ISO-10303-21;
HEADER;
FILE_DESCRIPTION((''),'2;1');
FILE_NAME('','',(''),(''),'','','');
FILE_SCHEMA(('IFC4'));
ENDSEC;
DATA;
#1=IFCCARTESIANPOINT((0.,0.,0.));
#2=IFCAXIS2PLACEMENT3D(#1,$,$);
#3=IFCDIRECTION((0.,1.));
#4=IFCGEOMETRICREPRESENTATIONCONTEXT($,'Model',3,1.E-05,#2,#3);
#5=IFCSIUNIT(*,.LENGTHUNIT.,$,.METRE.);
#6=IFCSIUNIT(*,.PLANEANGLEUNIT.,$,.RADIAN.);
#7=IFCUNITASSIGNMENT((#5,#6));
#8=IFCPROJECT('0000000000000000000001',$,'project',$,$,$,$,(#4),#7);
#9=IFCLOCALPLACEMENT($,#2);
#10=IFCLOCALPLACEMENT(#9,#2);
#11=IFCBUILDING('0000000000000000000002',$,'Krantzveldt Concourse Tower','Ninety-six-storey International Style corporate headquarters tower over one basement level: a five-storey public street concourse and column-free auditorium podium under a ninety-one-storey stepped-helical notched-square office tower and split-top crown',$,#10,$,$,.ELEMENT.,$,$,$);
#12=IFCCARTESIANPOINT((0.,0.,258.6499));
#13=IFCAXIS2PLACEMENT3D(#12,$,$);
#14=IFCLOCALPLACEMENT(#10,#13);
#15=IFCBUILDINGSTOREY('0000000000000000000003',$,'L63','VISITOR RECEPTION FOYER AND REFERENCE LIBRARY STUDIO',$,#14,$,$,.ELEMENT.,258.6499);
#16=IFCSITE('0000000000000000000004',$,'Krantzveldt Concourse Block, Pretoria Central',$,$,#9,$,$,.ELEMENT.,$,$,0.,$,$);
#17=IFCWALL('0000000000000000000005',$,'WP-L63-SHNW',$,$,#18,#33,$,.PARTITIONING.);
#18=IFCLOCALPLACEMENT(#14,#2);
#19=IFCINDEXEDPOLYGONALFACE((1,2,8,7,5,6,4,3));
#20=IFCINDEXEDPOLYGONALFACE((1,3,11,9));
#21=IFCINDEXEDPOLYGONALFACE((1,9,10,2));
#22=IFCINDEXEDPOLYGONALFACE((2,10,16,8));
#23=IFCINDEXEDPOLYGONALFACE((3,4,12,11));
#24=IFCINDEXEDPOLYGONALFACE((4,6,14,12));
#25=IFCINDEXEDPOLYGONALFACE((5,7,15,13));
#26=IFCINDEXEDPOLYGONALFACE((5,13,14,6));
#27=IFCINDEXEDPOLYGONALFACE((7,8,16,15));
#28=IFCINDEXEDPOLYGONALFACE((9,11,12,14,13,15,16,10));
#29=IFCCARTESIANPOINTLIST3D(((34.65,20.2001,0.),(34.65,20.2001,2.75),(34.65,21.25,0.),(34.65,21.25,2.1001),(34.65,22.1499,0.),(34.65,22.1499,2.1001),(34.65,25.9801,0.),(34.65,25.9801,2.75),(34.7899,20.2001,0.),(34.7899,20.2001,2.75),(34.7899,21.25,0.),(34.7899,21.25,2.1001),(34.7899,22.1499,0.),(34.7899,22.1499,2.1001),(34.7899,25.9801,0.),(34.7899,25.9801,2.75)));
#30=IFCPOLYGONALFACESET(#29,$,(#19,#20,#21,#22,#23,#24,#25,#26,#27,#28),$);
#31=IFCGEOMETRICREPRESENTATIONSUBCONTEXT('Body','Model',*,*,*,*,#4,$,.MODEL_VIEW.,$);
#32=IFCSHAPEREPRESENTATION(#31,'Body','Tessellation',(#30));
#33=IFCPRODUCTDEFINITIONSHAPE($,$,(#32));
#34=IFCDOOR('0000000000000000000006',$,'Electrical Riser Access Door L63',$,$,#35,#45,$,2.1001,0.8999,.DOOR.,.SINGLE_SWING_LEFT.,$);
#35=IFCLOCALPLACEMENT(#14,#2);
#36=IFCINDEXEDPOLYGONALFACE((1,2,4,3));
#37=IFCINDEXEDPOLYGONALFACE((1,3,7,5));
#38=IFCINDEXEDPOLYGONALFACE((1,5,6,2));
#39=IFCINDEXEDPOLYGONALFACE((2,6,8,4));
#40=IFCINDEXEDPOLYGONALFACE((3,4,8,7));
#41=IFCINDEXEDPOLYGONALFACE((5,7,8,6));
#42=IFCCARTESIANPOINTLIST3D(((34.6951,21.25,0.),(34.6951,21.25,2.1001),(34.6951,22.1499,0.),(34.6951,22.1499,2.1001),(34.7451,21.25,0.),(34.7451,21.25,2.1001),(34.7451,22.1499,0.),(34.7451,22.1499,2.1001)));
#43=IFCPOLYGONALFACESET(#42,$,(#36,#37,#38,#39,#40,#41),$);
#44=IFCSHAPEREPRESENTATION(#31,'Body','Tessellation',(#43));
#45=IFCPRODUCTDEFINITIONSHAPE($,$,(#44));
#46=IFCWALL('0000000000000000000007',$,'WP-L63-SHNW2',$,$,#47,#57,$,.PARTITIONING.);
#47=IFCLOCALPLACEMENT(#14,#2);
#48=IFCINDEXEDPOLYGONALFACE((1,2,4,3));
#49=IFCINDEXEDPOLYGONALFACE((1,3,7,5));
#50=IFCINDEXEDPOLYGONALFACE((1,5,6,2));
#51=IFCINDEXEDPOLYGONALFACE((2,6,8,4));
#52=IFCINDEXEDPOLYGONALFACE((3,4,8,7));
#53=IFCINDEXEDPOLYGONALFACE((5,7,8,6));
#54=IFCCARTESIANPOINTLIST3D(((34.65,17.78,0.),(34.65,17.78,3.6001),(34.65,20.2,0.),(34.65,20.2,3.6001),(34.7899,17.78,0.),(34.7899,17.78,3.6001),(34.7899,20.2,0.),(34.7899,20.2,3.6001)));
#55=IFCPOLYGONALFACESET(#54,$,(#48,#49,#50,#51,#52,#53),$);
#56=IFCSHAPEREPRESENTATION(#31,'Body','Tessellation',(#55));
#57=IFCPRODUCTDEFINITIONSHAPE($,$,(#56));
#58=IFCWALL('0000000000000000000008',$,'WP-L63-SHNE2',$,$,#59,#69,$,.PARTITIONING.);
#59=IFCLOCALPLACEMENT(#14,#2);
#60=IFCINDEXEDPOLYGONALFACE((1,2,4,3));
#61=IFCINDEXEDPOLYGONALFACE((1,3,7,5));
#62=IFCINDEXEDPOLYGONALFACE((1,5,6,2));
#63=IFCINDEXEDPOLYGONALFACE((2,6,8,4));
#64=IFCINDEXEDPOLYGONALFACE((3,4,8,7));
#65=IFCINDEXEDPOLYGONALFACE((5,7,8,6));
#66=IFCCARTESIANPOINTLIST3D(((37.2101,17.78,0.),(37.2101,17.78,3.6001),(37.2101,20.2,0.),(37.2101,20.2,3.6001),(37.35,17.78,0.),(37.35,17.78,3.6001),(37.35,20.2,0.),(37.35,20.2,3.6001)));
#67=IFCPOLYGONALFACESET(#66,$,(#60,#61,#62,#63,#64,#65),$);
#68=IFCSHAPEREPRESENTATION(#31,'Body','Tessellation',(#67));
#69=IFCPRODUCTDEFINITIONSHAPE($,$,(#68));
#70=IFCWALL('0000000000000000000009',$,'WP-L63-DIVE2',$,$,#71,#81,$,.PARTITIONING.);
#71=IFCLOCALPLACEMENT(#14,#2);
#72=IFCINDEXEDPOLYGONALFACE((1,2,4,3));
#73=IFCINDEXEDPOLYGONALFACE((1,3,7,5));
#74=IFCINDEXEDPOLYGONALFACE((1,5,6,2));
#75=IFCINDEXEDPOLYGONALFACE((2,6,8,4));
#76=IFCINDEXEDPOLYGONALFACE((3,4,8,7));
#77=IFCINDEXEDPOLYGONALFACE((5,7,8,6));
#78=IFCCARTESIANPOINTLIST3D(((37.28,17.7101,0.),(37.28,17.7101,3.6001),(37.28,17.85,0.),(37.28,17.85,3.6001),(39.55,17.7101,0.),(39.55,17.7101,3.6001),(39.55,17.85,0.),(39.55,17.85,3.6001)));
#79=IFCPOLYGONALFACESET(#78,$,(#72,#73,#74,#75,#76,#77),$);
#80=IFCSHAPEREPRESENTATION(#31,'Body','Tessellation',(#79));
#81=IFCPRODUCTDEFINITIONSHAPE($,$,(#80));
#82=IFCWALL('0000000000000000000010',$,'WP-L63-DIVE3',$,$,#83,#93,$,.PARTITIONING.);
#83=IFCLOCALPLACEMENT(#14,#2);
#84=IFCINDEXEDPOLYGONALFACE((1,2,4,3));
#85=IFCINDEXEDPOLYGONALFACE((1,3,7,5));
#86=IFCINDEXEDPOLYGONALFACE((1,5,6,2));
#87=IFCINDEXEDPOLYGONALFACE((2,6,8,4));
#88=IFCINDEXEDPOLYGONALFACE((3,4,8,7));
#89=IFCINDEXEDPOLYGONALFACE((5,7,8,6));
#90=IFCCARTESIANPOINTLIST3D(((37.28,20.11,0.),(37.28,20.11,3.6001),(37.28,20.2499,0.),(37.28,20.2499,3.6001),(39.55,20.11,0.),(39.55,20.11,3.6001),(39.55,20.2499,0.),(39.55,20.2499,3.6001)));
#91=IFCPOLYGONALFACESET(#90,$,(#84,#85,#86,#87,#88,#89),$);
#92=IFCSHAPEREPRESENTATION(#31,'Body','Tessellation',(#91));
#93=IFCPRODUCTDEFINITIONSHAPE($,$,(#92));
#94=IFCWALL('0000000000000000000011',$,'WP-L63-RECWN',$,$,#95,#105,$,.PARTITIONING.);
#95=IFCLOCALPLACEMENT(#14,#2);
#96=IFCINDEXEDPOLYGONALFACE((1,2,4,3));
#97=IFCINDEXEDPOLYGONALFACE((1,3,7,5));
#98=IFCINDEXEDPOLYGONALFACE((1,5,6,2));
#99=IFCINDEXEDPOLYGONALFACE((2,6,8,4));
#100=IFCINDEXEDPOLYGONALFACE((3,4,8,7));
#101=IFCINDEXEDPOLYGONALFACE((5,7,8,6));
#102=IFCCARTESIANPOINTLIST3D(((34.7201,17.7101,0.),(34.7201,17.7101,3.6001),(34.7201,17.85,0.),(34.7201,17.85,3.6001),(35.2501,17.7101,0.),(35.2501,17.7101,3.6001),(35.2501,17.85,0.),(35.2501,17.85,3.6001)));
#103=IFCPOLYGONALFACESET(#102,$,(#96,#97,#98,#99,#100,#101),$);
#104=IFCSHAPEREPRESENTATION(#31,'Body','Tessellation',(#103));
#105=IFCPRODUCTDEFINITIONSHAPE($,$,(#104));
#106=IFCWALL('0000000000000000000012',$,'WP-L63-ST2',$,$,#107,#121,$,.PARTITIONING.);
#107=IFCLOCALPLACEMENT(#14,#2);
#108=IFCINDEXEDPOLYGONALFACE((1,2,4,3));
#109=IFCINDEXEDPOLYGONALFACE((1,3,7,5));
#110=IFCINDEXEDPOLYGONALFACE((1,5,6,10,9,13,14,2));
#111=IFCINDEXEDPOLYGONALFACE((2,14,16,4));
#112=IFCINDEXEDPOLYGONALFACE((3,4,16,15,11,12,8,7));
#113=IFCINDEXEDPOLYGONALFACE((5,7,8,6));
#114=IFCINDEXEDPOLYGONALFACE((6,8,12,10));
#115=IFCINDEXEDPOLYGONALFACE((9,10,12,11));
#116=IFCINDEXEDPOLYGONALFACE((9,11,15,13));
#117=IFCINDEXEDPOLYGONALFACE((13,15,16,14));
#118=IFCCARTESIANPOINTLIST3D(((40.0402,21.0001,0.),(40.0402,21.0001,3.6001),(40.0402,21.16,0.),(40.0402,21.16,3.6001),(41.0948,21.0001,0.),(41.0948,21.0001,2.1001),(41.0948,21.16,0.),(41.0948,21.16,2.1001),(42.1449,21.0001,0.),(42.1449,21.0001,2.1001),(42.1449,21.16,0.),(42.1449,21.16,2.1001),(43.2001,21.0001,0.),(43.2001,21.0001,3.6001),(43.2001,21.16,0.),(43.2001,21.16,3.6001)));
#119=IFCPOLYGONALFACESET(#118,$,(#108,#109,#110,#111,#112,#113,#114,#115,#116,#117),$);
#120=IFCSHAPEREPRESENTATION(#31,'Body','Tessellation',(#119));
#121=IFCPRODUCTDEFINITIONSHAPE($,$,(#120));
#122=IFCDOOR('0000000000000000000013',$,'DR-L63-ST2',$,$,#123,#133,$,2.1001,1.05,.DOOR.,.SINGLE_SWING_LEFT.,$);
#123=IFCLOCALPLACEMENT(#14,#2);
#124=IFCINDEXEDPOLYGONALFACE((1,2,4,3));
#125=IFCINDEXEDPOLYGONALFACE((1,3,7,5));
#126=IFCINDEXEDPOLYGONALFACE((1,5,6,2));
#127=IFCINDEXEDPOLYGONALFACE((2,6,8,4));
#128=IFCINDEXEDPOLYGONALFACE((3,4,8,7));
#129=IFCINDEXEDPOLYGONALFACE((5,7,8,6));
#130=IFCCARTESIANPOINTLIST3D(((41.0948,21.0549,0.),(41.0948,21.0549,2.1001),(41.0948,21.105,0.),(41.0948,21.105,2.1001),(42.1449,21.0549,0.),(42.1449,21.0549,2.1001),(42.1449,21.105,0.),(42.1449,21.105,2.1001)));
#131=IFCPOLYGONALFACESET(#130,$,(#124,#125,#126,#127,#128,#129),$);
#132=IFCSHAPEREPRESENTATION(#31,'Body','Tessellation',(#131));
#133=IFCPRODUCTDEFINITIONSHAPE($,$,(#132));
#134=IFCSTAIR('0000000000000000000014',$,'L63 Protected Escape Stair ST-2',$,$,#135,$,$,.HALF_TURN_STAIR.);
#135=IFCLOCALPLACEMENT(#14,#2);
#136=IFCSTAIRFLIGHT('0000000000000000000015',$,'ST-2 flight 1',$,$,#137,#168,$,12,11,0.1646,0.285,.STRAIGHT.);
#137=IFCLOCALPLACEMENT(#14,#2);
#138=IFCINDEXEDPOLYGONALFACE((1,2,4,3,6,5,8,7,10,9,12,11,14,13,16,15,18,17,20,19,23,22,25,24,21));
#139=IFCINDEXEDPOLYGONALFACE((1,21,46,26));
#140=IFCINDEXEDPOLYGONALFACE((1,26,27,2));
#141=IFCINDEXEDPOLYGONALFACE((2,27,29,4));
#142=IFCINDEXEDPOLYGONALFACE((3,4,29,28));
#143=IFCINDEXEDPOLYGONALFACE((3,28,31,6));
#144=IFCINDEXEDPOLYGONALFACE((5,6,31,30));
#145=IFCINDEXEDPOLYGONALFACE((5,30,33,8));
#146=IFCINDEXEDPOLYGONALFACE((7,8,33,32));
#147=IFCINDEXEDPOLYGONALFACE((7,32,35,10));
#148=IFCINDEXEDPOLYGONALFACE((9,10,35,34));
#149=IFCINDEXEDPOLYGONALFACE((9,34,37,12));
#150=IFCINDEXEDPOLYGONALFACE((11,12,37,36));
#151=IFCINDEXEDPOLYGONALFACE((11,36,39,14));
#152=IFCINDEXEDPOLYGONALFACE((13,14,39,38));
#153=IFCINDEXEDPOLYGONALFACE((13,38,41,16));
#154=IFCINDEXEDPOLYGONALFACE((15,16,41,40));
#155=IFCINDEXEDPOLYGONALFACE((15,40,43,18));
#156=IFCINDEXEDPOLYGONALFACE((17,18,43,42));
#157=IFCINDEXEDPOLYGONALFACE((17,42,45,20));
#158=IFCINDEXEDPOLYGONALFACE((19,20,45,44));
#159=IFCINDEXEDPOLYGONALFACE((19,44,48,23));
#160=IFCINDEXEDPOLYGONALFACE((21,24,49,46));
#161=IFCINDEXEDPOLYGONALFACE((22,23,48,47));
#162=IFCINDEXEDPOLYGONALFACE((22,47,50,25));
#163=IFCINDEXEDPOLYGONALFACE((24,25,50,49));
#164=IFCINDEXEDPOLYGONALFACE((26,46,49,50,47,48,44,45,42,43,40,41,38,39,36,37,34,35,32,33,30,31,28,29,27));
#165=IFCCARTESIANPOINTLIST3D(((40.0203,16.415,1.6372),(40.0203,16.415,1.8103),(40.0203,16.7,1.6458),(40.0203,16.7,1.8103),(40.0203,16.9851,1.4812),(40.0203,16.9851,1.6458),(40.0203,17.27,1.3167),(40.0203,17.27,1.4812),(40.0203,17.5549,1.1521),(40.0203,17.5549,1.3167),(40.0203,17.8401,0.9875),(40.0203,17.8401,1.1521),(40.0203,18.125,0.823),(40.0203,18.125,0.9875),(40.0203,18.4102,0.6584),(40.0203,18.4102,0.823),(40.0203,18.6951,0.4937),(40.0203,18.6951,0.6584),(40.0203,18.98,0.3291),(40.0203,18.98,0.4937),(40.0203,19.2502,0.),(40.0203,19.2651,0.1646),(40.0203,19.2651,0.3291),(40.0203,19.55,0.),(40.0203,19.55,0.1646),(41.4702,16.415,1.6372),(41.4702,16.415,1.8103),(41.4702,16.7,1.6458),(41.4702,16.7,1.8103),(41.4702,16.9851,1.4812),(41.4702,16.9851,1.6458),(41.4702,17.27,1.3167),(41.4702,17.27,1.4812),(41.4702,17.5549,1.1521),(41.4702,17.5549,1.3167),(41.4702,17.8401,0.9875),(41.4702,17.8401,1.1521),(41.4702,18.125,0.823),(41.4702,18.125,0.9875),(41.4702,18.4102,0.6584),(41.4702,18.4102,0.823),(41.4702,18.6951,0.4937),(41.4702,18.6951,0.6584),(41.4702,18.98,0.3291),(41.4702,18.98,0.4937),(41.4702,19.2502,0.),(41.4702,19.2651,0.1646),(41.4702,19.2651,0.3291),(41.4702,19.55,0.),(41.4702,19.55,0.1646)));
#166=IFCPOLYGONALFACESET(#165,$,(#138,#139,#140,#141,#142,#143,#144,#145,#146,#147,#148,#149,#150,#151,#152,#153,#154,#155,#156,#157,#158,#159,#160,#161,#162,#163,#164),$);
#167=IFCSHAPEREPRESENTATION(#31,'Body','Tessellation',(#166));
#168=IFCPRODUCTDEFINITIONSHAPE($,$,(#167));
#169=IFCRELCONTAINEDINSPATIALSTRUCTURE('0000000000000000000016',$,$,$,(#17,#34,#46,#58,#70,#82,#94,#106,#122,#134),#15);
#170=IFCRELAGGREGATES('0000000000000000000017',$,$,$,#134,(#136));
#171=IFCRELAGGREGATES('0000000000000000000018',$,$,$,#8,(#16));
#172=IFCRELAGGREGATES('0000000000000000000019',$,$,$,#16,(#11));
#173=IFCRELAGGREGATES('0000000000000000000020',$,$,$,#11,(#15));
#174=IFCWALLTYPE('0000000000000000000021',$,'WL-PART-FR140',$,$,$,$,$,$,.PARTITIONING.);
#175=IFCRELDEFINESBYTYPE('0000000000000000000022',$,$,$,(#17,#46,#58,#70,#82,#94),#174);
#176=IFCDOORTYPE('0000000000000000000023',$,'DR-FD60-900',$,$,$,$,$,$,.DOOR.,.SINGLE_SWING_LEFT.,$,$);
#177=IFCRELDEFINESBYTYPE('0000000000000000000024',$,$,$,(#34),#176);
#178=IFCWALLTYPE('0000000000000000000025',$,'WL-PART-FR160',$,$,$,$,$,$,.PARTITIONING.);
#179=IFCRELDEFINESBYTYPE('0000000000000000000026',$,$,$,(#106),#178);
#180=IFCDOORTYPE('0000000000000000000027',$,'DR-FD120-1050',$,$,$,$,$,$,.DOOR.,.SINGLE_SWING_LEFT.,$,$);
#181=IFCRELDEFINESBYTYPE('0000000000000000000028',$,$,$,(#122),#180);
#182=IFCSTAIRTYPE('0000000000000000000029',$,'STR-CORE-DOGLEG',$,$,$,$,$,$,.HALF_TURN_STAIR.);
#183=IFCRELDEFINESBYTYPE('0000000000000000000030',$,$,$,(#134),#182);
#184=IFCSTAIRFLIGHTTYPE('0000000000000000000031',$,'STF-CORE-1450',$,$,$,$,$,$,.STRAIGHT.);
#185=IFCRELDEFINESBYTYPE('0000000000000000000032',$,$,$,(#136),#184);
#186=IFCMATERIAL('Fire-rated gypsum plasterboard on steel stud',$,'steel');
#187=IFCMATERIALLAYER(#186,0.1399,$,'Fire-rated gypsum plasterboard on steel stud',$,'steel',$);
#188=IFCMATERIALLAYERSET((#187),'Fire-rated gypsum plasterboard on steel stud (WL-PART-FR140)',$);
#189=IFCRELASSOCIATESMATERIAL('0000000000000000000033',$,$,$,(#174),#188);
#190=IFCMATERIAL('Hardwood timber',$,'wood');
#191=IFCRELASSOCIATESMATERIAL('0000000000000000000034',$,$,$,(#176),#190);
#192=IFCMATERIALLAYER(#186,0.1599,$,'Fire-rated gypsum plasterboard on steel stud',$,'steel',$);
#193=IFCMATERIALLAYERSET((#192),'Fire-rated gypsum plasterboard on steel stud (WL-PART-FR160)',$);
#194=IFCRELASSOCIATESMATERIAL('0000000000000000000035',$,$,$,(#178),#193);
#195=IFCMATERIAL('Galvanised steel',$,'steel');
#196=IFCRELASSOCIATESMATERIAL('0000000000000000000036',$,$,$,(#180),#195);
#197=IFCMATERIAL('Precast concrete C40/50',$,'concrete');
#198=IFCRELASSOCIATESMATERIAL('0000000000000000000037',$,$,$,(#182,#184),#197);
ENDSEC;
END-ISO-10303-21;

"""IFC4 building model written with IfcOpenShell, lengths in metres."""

from ifc_helpers import new_model, si_unit, direction, frame, frame_2d, origin, place, context, subcontext, project, spatial, polyline, rectangle, outline, extrude, material, layer, layer_set, type_object, element, fill, aggregate, save


model = new_model("IFC4")

# Units and contexts
model_context = context("Model", 3, precision=1e-05, world=origin(), true_north=direction((0.0, 1.0)))
body_context = subcontext(model_context, "Body", "Model", "MODEL_VIEW")
ifc_project = project(units=[si_unit("LENGTHUNIT", "METRE"), si_unit("PLANEANGLEUNIT", "RADIAN")], contexts=[model_context])

# Site, building, storey
site_placement = place(None, origin())
site = spatial("IfcSite", under=ifc_project, at=site_placement, Name="Krantzveldt Concourse Block, Pretoria Central", CompositionType="ELEMENT", RefElevation=0.0)
building_placement = place(site_placement, origin())
building = spatial("IfcBuilding", under=site, at=building_placement, Name="Krantzveldt Concourse Tower", Description="Ninety-six-storey International Style corporate headquarters tower over one basement level: a five-storey public street concourse and column-free auditorium podium under a ninety-one-storey stepped-helical notched-square office tower and split-top crown", CompositionType="ELEMENT")
storey_placement = place(building_placement, frame((0.0, 0.0, 258.6499)))
storey = spatial("IfcBuildingStorey", under=building, at=storey_placement, Name="L63", Description="VISITOR RECEPTION FOYER AND REFERENCE LIBRARY STUDIO", CompositionType="ELEMENT", Elevation=258.6499)

# Wall, opening, door
ifc_material_1 = material(Name="Fire-rated gypsum plasterboard on steel stud", Category="steel")
ifc_layer_1 = layer(ifc_material_1, 0.1399, Name="Fire-rated gypsum plasterboard on steel stud", Category="steel")
ifc_layer_set_1 = layer_set([ifc_layer_1], Name="Fire-rated gypsum plasterboard on steel stud (WL-PART-FR140)")
wall_type_1 = type_object("IfcWallType", Name="WL-PART-FR140", PredefinedType="PARTITIONING", material=ifc_layer_set_1)
wall_1_placement = place(storey_placement, frame((34.72, 20.2, 0.0), z_axis=(0.0, 0.0, 1.0), x_axis=(0.0, 1.0, 0.0)))
wall_1 = element("IfcWall", 1, at=wall_1_placement, inside=storey, type_object=wall_type_1, Name="WP-L63-SHNW", PredefinedType="PARTITIONING", context=body_context, shape_type="SweptSolid", body=[
    extrude(rectangle(XDim=5.78, YDim=0.1399, at=frame_2d((2.8901, 0.0))), origin(), (0.0, 0.0, 1.0), 2.75),
])
opening_1_placement = place(wall_1_placement, frame((1.05, 0.0, 0.0)))
opening_1 = element("IfcOpeningElement", 2, at=opening_1_placement, cuts=wall_1, PredefinedType="OPENING", context=body_context, shape_type="SweptSolid", body=[
    extrude(rectangle(XDim=0.8999, YDim=2.1001, at=frame_2d((0.45, 1.05))), frame((0.0, 0.0801, 0.0), z_axis=(0.0, -1.0, 0.0), x_axis=(1.0, 0.0, 0.0)), (0.0, 0.0, 1.0), 0.1599),
])
ifc_material_2 = material(Name="Hardwood timber", Category="wood")
door_type_1 = type_object("IfcDoorType", Name="DR-FD60-900", OperationType="SINGLE_SWING_LEFT", PredefinedType="DOOR", material=ifc_material_2)
door_1_placement = place(opening_1_placement, origin())
door_1 = element("IfcDoor", 3, at=door_1_placement, inside=storey, type_object=door_type_1, Name="Electrical Riser Access Door L63", OperationType="SINGLE_SWING_LEFT", OverallHeight=2.1001, OverallWidth=0.8999, PredefinedType="DOOR", context=body_context, shape_type="SweptSolid", body=[
    extrude(rectangle(XDim=0.8999, YDim=2.1001, at=frame_2d((0.45, 1.05))), frame((0.0, 0.0249, 0.0), z_axis=(0.0, -1.0, 0.0), x_axis=(1.0, 0.0, 0.0)), (0.0, 0.0, 1.0), 0.05),
])
fill(opening_1, door_1)

# Walls
for number, where, z_axis, x_axis, name in (
    (4, (34.72, 17.78, 0.0), (0.0, 0.0, 1.0), (0.0, 1.0, 0.0), "WP-L63-SHNW2"),
    (5, (37.28, 17.78, 0.0), (0.0, 0.0, 1.0), (0.0, 1.0, 0.0), "WP-L63-SHNE2"),
):
    element("IfcWall", number, at=place(storey_placement, frame(where, z_axis=z_axis, x_axis=x_axis)), inside=storey, type_object=wall_type_1, Name=name, PredefinedType="PARTITIONING", context=body_context, shape_type="SweptSolid", body=[
        extrude(rectangle(XDim=2.4199, YDim=0.1399, at=frame_2d((1.21, 0.0))), origin(), (0.0, 0.0, 1.0), 3.6001),
    ])
for number, where, z_axis, x_axis, name in (
    (6, (37.28, 17.78, 0.0), (0.0, 0.0, 1.0), (1.0, 0.0, 0.0), "WP-L63-DIVE2"),
    (7, (37.28, 20.1799, 0.0), (0.0, 0.0, 1.0), (1.0, 0.0, 0.0), "WP-L63-DIVE3"),
):
    element("IfcWall", number, at=place(storey_placement, frame(where, z_axis=z_axis, x_axis=x_axis)), inside=storey, type_object=wall_type_1, Name=name, PredefinedType="PARTITIONING", context=body_context, shape_type="SweptSolid", body=[
        extrude(rectangle(XDim=2.27, YDim=0.1399, at=frame_2d((1.135, 0.0))), origin(), (0.0, 0.0, 1.0), 3.6001),
    ])
wall_2_placement = place(storey_placement, frame((34.72, 17.78, 0.0), z_axis=(0.0, 0.0, 1.0), x_axis=(1.0, 0.0, 0.0)))
element("IfcWall", 8, at=wall_2_placement, inside=storey, type_object=wall_type_1, Name="WP-L63-RECWN", PredefinedType="PARTITIONING", context=body_context, shape_type="SweptSolid", body=[
    extrude(rectangle(XDim=0.53, YDim=0.1399, at=frame_2d((0.2651, 0.0))), origin(), (0.0, 0.0, 1.0), 3.6001),
])

# Wall, opening, door
ifc_layer_2 = layer(ifc_material_1, 0.1599, Name="Fire-rated gypsum plasterboard on steel stud", Category="steel")
ifc_layer_set_2 = layer_set([ifc_layer_2], Name="Fire-rated gypsum plasterboard on steel stud (WL-PART-FR160)")
wall_type_2 = type_object("IfcWallType", Name="WL-PART-FR160", PredefinedType="PARTITIONING", material=ifc_layer_set_2)
wall_3_placement = place(storey_placement, frame((40.04, 21.0801, 0.0), z_axis=(0.0, 0.0, 1.0), x_axis=(1.0, 0.0, 0.0)))
wall_3 = element("IfcWall", 9, at=wall_3_placement, inside=storey, type_object=wall_type_2, Name="WP-L63-ST2", PredefinedType="PARTITIONING", context=body_context, shape_type="SweptSolid", body=[
    extrude(rectangle(XDim=3.1599, YDim=0.1599, at=frame_2d((1.5801, 0.0))), origin(), (0.0, 0.0, 1.0), 3.6001),
])
opening_2_placement = place(wall_3_placement, frame((1.0549, 0.0, 0.0)))
opening_2 = element("IfcOpeningElement", 10, at=opening_2_placement, cuts=wall_3, PredefinedType="OPENING", context=body_context, shape_type="SweptSolid", body=[
    extrude(rectangle(XDim=1.05, YDim=2.1001, at=frame_2d((0.5249, 1.05))), frame((0.0, 0.0898, 0.0), z_axis=(0.0, -1.0, 0.0), x_axis=(1.0, 0.0, 0.0)), (0.0, 0.0, 1.0), 0.1799),
])
ifc_material_3 = material(Name="Galvanised steel", Category="steel")
door_type_2 = type_object("IfcDoorType", Name="DR-FD120-1050", OperationType="SINGLE_SWING_LEFT", PredefinedType="DOOR", material=ifc_material_3)
door_2_placement = place(opening_2_placement, origin())
door_2 = element("IfcDoor", 11, at=door_2_placement, inside=storey, type_object=door_type_2, Name="DR-L63-ST2", OperationType="SINGLE_SWING_LEFT", OverallHeight=2.1001, OverallWidth=1.05, PredefinedType="DOOR", context=body_context, shape_type="SweptSolid", body=[
    extrude(rectangle(XDim=1.05, YDim=2.1001, at=frame_2d((0.5249, 1.05))), frame((0.0, 0.0249, 0.0), z_axis=(0.0, -1.0, 0.0), x_axis=(1.0, 0.0, 0.0)), (0.0, 0.0, 1.0), 0.05),
])
fill(opening_2, door_2)

# Stair, stair flight
ifc_material_4 = material(Name="Precast concrete C40/50", Category="concrete")
stair_type = type_object("IfcStairType", Name="STR-CORE-DOGLEG", PredefinedType="HALF_TURN_STAIR", material=ifc_material_4)
stair_placement = place(storey_placement, origin())
stair = element("IfcStair", 12, at=stair_placement, inside=storey, type_object=stair_type, Name="L63 Protected Escape Stair ST-2", PredefinedType="HALF_TURN_STAIR")
stair_flight_type = type_object("IfcStairFlightType", Name="STF-CORE-1450", PredefinedType="STRAIGHT", material=ifc_material_4)
stair_flight_1_placement = place(storey_placement, frame((40.7451, 19.55, 0.0), z_axis=(0.0, 0.0, 1.0), x_axis=(0.0, -1.0, 0.0)))
stair_flight_1 = element("IfcStairFlight", 13, at=stair_flight_1_placement, type_object=stair_flight_type, Name="ST-2 flight 1", NumberOfRisers=12, NumberOfTreads=11, PredefinedType="STRAIGHT", RiserHeight=0.1646, TreadLength=0.285, context=body_context, shape_type="SweptSolid", body=[
    extrude(outline(polyline([(0.0, 0.0), (0.0, 0.1646), (0.2849, 0.1646), (0.2849, 0.3291), (0.5701, 0.3291), (0.5701, 0.4937), (0.855, 0.4937), (0.855, 0.6584), (1.1399, 0.6584), (1.1399, 0.823), (1.425, 0.823), (1.425, 0.9875), (1.71, 0.9875), (1.71, 1.1521), (1.9951, 1.1521), (1.9951, 1.3167), (2.28, 1.3167), (2.28, 1.4812), (2.5649, 1.4812), (2.5649, 1.6458), (2.8501, 1.6458), (2.8501, 1.8103), (3.135, 1.8103), (3.135, 1.9751), (3.135, 1.6372), (0.2998, 0.0), (0.0, 0.0)])), frame((0.0, 0.7251, 0.0), z_axis=(0.0, -1.0, 0.0), x_axis=(1.0, 0.0, 0.0)), (0.0, 0.0, 1.0), 1.45),
])
aggregate(stair, [stair_flight_1])

save(model, "model.ifc")
